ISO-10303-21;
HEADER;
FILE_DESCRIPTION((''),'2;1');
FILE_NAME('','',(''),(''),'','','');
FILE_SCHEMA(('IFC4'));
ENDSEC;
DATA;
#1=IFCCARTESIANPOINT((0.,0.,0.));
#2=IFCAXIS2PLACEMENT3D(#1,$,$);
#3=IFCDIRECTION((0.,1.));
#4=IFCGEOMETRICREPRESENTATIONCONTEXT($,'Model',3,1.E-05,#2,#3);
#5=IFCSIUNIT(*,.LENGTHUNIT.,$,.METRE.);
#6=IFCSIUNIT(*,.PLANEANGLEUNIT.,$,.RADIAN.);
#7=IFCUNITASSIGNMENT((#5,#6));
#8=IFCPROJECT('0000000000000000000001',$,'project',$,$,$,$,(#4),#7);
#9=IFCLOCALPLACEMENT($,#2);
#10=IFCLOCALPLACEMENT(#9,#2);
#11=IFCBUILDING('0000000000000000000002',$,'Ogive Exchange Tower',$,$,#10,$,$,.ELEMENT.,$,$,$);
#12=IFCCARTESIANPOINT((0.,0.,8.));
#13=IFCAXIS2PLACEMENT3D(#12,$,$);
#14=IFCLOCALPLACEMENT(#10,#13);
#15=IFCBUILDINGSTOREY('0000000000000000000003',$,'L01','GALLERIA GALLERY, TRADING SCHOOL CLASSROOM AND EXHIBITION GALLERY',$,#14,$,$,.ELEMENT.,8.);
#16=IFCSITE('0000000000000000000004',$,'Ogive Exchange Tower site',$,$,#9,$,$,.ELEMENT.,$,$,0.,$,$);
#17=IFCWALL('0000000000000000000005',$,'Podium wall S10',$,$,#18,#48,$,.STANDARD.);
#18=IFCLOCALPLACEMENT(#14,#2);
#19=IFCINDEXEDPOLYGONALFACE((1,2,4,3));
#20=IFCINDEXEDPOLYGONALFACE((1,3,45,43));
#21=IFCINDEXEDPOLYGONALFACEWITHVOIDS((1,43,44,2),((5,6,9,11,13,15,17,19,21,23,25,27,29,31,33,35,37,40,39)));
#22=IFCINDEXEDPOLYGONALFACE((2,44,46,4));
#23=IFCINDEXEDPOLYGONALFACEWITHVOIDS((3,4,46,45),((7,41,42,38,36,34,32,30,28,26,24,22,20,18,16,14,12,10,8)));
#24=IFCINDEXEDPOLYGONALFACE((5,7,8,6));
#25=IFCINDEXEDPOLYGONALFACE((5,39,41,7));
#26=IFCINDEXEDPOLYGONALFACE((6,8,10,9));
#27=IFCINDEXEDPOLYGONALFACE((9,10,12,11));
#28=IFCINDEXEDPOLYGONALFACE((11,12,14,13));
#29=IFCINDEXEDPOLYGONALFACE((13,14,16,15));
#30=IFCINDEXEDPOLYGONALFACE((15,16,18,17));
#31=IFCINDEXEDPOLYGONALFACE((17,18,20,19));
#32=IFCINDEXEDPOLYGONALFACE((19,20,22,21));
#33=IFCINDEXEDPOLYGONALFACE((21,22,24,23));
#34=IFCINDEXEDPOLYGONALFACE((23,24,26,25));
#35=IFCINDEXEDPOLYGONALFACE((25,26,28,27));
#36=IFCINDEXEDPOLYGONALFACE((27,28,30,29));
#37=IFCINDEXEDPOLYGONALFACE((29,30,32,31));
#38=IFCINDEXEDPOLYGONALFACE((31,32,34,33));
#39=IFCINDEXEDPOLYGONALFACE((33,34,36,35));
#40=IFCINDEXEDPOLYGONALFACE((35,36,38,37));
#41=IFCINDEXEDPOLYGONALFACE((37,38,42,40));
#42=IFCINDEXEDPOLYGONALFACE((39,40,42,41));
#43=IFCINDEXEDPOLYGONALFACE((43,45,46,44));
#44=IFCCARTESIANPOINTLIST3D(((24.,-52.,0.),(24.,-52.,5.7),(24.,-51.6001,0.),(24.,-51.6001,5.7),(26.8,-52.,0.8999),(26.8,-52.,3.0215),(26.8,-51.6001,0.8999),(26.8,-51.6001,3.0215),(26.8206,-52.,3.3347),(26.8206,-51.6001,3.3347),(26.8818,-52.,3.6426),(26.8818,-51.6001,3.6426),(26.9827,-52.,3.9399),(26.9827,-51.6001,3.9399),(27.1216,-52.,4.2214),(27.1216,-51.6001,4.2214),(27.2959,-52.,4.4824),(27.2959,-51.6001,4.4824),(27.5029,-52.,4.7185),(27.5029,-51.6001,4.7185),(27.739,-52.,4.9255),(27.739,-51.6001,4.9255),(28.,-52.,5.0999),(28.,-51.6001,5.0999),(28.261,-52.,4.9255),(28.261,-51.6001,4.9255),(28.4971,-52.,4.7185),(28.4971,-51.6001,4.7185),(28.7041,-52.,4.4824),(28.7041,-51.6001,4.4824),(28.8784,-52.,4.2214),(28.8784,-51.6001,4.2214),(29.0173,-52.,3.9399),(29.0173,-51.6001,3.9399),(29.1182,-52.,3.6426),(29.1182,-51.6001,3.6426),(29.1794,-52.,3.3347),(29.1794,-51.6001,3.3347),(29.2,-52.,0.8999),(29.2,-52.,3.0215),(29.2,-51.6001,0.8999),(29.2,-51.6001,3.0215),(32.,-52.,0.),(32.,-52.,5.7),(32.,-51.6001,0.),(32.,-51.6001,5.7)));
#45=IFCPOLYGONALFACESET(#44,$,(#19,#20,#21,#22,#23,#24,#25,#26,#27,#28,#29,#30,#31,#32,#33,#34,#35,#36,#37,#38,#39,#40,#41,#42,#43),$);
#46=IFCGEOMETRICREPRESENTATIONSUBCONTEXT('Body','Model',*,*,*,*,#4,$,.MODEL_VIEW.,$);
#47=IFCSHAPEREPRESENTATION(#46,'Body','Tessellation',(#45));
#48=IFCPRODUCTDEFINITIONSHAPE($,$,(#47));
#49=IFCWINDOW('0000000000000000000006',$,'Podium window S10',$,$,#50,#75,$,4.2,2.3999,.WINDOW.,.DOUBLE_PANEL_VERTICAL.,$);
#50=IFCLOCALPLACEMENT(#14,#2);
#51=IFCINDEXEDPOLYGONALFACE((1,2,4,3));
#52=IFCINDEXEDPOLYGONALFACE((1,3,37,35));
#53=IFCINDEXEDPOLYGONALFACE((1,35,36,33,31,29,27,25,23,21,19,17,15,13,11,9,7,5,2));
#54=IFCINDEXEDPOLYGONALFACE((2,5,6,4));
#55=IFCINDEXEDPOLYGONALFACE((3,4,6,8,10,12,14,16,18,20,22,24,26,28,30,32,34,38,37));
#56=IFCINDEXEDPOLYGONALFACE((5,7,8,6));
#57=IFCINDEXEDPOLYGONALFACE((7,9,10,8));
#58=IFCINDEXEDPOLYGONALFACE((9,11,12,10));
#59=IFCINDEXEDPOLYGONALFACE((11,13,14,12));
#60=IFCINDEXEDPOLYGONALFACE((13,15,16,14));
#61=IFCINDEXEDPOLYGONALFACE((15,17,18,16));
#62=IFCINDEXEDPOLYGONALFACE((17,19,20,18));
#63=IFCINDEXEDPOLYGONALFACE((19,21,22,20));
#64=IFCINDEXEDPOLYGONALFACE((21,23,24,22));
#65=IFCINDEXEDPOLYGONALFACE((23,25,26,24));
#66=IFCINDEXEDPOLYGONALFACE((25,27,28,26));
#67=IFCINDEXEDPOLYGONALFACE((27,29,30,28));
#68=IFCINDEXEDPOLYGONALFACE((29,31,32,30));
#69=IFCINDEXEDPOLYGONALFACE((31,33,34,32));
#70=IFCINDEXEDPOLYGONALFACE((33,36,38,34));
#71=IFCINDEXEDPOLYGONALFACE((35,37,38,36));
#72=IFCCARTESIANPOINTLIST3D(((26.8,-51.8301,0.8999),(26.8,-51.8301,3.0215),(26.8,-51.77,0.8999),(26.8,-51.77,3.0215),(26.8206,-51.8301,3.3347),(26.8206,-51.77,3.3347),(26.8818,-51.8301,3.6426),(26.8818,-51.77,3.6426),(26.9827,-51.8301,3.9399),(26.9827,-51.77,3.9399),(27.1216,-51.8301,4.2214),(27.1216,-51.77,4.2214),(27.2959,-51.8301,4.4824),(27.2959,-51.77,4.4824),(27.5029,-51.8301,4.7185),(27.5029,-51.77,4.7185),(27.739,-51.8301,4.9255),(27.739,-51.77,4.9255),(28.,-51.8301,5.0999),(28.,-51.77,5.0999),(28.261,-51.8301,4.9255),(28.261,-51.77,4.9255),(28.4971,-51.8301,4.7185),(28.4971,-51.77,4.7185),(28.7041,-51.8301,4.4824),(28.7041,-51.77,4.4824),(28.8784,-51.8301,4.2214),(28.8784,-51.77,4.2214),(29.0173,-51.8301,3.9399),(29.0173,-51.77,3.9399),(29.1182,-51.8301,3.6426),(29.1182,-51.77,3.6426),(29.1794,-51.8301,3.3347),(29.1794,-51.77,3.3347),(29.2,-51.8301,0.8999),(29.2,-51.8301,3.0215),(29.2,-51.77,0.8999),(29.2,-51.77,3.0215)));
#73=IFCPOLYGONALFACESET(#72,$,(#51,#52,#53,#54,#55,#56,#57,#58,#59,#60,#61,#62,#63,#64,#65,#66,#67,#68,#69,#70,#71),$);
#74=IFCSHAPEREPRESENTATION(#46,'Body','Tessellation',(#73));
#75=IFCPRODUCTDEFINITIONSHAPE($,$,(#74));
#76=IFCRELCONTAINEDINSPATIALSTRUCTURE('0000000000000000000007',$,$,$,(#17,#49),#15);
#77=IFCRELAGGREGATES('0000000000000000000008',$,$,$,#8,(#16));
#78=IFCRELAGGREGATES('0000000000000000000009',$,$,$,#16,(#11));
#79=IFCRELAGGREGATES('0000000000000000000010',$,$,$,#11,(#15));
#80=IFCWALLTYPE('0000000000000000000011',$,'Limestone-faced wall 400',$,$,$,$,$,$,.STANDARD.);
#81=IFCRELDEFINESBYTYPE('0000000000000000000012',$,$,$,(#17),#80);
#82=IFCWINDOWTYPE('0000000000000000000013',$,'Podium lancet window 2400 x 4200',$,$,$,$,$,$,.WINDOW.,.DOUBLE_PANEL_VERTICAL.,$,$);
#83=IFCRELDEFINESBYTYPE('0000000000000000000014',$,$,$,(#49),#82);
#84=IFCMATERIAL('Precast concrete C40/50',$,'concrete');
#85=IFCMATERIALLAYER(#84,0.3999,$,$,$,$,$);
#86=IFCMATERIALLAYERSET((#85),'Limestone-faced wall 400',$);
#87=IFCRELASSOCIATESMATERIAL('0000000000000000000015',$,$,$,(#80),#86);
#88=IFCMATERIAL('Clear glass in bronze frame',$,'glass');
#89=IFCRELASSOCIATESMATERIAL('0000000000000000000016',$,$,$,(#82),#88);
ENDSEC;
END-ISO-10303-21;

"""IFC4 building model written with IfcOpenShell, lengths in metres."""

from ifc_helpers import new_model, si_unit, direction, frame, frame_2d, origin, place, context, subcontext, project, spatial, polyline, rectangle, outline, extrude, material, layer, layer_set, type_object, element, fill, save


model = new_model("IFC4")

# Units and contexts
model_context = context("Model", 3, precision=1e-05, world=origin(), true_north=direction((0.0, 1.0)))
body_context = subcontext(model_context, "Body", "Model", "MODEL_VIEW")
ifc_project = project(units=[si_unit("LENGTHUNIT", "METRE"), si_unit("PLANEANGLEUNIT", "RADIAN")], contexts=[model_context])

# Site, building, storey
site_placement = place(None, origin())
site = spatial("IfcSite", under=ifc_project, at=site_placement, Name="Ogive Exchange Tower site", CompositionType="ELEMENT", RefElevation=0.0)
building_placement = place(site_placement, origin())
building = spatial("IfcBuilding", under=site, at=building_placement, Name="Ogive Exchange Tower", CompositionType="ELEMENT")
storey_placement = place(building_placement, frame((0.0, 0.0, 8.0)))
storey = spatial("IfcBuildingStorey", under=building, at=storey_placement, Name="L01", Description="GALLERIA GALLERY, TRADING SCHOOL CLASSROOM AND EXHIBITION GALLERY", CompositionType="ELEMENT", Elevation=8.0)

# Wall, opening, window
ifc_material_1 = material(Name="Precast concrete C40/50", Category="concrete")
ifc_layer_1 = layer(ifc_material_1, 0.3999)
ifc_layer_set_1 = layer_set([ifc_layer_1], Name="Limestone-faced wall 400")
wall_type_1 = type_object("IfcWallType", Name="Limestone-faced wall 400", PredefinedType="STANDARD", material=ifc_layer_set_1)
wall_1_placement = place(storey_placement, frame((24.0, -51.8, 0.0), z_axis=(0.0, 0.0, 1.0), x_axis=(1.0, 0.0, 0.0)))
wall_1 = element("IfcWall", 1, at=wall_1_placement, inside=storey, type_object=wall_type_1, Name="Podium wall S10", PredefinedType="STANDARD", context=body_context, shape_type="SweptSolid", body=[
    extrude(rectangle(XDim=8.0, YDim=0.3999, at=frame_2d((4.0, 0.0))), origin(), (0.0, 0.0, 1.0), 5.7),
])
opening_1_placement = place(wall_1_placement, frame((2.8, 0.0, 0.8999)))
opening_1 = element("IfcOpeningElement", 2, at=opening_1_placement, cuts=wall_1, PredefinedType="OPENING", context=body_context, shape_type="SweptSolid", body=[
    extrude(outline(polyline([(0.0, 0.0), (2.3999, 0.0), (2.3999, 2.1216), (2.3794, 2.4348), (2.3181, 2.7427), (2.2173, 3.04), (2.0784, 3.3215), (1.9041, 3.5825), (1.697, 3.8186), (1.4609, 4.0256), (1.2, 4.2), (0.939, 4.0256), (0.7029, 3.8186), (0.4958, 3.5825), (0.3215, 3.3215), (0.1826, 3.04), (0.0818, 2.7427), (0.0205, 2.4348), (0.0, 2.1216), (0.0, 0.0)])), frame((0.0, 0.21, 0.0), z_axis=(0.0, -1.0, 0.0), x_axis=(1.0, 0.0, 0.0)), (0.0, 0.0, 1.0), 0.4199),
])
ifc_material_2 = material(Name="Clear glass in bronze frame", Category="glass")
window_type_1 = type_object("IfcWindowType", Name="Podium lancet window 2400 x 4200", PartitioningType="DOUBLE_PANEL_VERTICAL", PredefinedType="WINDOW", material=ifc_material_2)
window_1_placement = place(opening_1_placement, origin())
window_1 = element("IfcWindow", 3, at=window_1_placement, inside=storey, type_object=window_type_1, Name="Podium window S10", OverallHeight=4.2, OverallWidth=2.3999, PartitioningType="DOUBLE_PANEL_VERTICAL", PredefinedType="WINDOW", context=body_context, shape_type="SweptSolid", body=[
    extrude(outline(polyline([(0.0, 0.0), (2.3999, 0.0), (2.3999, 2.1216), (2.3794, 2.4348), (2.3181, 2.7427), (2.2173, 3.04), (2.0784, 3.3215), (1.9041, 3.5825), (1.697, 3.8186), (1.4609, 4.0256), (1.2, 4.2), (0.939, 4.0256), (0.7029, 3.8186), (0.4958, 3.5825), (0.3215, 3.3215), (0.1826, 3.04), (0.0818, 2.7427), (0.0205, 2.4348), (0.0, 2.1216), (0.0, 0.0)])), frame((0.0, 0.03, 0.0), z_axis=(0.0, -1.0, 0.0), x_axis=(1.0, 0.0, 0.0)), (0.0, 0.0, 1.0), 0.0601),
])
fill(opening_1, window_1)

save(model, "model.ifc")
